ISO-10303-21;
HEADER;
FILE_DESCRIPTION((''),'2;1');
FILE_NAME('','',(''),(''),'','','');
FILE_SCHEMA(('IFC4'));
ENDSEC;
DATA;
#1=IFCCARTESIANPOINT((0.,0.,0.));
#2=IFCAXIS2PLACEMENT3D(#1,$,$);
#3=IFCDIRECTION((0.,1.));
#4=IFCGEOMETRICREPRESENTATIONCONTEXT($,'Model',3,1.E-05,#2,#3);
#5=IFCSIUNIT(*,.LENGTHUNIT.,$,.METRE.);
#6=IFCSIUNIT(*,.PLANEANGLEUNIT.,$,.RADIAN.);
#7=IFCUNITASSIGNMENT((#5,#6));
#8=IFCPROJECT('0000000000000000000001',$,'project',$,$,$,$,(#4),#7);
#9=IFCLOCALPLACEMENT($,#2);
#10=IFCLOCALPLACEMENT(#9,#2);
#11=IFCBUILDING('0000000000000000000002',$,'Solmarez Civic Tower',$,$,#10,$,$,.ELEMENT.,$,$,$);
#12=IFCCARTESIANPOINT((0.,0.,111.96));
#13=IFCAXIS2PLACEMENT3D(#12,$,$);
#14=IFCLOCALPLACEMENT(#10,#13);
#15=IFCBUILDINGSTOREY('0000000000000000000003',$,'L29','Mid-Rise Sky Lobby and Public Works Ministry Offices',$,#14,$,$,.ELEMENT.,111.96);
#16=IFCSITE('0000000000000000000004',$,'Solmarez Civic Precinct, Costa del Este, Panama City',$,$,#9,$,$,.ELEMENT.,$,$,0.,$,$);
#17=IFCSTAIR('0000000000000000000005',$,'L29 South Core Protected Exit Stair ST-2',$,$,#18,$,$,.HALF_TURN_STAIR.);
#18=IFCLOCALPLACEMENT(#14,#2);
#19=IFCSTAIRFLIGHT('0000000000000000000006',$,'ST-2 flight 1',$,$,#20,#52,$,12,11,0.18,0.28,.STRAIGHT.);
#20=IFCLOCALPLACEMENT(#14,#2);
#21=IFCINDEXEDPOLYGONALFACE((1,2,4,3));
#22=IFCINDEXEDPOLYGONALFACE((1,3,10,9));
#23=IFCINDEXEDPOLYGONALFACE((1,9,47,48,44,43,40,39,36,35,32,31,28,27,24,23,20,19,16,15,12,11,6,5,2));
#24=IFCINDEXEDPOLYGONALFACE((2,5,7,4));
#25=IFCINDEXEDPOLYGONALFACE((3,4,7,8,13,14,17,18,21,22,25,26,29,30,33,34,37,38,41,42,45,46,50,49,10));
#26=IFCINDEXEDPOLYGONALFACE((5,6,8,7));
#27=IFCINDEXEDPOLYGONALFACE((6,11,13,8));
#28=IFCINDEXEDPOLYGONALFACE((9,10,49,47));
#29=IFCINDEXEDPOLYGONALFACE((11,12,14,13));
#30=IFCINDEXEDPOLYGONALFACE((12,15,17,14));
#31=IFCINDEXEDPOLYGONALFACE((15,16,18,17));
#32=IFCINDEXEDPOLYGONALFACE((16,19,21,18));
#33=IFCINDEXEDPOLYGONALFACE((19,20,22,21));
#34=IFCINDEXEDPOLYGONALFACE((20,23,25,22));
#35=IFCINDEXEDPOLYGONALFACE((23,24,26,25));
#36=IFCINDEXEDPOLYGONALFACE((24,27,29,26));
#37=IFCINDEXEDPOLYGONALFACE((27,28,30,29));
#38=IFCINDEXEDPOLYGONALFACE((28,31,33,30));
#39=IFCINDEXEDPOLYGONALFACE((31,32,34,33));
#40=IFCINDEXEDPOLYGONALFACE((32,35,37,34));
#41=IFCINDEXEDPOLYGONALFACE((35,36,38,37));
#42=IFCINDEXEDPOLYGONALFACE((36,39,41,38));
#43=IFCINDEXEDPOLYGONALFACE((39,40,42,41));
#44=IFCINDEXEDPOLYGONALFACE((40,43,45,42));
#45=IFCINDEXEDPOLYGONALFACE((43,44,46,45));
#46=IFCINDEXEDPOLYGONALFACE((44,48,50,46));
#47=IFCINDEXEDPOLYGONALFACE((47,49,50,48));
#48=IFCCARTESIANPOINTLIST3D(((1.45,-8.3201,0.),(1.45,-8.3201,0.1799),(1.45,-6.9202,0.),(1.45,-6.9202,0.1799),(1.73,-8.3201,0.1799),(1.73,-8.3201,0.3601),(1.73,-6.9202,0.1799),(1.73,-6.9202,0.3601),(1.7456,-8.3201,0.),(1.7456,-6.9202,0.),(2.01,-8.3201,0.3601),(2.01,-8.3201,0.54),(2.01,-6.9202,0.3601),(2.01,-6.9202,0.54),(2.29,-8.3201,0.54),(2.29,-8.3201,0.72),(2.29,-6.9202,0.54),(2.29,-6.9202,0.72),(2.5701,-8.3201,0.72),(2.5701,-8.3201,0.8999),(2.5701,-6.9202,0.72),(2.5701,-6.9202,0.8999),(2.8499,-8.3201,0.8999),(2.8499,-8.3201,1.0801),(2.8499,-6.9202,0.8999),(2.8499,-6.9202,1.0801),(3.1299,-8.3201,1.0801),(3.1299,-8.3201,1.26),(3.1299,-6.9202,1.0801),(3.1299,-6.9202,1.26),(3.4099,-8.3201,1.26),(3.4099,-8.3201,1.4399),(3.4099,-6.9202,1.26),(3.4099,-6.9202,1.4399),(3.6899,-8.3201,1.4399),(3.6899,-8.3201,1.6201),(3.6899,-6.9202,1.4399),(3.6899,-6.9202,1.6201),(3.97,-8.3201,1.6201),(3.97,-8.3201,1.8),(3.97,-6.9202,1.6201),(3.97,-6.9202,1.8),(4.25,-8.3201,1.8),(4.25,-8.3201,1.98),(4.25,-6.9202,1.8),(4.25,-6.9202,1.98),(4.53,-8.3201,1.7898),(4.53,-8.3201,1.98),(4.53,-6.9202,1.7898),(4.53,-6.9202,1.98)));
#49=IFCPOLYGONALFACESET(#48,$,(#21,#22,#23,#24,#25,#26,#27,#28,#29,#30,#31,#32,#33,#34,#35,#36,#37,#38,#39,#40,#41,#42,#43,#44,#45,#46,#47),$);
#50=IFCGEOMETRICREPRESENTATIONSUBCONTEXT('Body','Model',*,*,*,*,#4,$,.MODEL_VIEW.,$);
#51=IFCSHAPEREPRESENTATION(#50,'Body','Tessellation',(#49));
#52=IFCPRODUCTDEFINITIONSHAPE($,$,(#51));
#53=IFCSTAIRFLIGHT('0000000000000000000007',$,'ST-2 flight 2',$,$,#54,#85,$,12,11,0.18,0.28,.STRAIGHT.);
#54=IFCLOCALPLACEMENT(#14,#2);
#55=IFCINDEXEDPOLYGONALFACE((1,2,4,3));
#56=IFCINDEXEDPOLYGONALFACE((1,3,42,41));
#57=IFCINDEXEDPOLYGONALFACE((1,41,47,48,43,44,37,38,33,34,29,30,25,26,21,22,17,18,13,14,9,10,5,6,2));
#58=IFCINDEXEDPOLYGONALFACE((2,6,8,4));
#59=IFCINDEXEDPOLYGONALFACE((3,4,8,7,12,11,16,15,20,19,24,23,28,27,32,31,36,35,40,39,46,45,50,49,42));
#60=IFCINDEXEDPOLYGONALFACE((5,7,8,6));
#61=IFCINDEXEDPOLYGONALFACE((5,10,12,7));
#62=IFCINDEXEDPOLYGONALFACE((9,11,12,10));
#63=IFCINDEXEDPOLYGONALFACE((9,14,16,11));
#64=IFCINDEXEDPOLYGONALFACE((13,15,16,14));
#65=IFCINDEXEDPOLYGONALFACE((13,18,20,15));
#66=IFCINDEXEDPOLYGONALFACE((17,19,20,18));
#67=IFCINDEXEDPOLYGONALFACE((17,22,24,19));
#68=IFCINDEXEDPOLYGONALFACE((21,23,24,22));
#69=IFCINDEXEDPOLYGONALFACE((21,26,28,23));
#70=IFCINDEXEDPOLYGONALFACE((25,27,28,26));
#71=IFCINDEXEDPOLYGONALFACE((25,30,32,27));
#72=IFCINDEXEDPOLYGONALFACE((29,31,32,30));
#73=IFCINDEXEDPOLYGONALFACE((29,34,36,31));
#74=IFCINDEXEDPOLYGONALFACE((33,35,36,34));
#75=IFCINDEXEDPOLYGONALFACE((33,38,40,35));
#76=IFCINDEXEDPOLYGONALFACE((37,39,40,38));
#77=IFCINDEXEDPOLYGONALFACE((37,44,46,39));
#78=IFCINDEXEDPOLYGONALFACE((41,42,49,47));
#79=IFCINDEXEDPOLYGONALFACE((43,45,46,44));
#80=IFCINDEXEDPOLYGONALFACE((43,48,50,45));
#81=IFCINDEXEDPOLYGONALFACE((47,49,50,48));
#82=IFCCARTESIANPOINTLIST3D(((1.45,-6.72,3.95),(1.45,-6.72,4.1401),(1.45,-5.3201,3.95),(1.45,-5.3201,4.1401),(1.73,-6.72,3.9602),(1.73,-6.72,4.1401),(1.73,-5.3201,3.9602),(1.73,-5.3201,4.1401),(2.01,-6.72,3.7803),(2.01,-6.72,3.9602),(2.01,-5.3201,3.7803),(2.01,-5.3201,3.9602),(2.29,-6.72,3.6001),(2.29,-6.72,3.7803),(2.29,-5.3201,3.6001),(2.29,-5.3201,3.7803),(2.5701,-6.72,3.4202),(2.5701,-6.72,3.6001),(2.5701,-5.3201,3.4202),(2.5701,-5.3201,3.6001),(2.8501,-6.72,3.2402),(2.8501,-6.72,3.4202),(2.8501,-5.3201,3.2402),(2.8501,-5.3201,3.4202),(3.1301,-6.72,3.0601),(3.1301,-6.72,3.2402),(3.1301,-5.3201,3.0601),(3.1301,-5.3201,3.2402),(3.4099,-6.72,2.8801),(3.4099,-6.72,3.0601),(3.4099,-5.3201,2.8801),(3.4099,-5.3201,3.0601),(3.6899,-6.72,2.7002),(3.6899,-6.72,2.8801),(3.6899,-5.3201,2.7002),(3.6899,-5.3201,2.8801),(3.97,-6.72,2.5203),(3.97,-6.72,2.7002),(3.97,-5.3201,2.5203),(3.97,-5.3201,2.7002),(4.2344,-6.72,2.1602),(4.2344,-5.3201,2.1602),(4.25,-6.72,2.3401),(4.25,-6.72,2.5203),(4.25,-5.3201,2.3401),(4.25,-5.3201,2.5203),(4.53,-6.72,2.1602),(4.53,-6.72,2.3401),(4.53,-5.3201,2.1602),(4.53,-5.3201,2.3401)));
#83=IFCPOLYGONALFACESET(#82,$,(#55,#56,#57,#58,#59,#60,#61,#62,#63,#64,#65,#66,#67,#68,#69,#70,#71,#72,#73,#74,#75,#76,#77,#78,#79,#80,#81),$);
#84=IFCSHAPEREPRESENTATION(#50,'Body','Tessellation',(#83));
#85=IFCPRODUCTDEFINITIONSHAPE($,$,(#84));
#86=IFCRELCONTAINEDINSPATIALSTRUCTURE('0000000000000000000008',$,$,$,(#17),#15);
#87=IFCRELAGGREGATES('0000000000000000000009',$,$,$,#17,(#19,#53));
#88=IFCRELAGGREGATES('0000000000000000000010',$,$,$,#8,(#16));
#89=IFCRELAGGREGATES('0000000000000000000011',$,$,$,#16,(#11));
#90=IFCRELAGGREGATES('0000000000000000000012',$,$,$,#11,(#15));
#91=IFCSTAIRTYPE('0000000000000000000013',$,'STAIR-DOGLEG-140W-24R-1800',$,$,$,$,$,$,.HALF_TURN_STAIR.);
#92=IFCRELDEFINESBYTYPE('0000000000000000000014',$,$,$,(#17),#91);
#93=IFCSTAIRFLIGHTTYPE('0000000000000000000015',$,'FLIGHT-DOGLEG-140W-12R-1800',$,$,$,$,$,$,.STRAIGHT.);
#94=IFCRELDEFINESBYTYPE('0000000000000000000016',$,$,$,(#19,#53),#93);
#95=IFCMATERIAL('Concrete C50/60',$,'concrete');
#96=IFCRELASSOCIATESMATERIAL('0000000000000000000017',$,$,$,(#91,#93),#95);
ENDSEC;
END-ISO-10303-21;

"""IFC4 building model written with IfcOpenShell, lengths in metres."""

from ifc_helpers import new_model, si_unit, direction, frame, origin, place, context, subcontext, project, spatial, polyline, outline, extrude, material, type_object, element, aggregate, save


model = new_model("IFC4")

# Units and contexts
model_context = context("Model", 3, precision=1e-05, world=origin(), true_north=direction((0.0, 1.0)))
body_context = subcontext(model_context, "Body", "Model", "MODEL_VIEW")
ifc_project = project(units=[si_unit("LENGTHUNIT", "METRE"), si_unit("PLANEANGLEUNIT", "RADIAN")], contexts=[model_context])

# Site, building, storey
site_placement = place(None, origin())
site = spatial("IfcSite", under=ifc_project, at=site_placement, Name="Solmarez Civic Precinct, Costa del Este, Panama City", CompositionType="ELEMENT", RefElevation=0.0)
building_placement = place(site_placement, origin())
building = spatial("IfcBuilding", under=site, at=building_placement, Name="Solmarez Civic Tower", CompositionType="ELEMENT")
storey_placement = place(building_placement, frame((0.0, 0.0, 111.96)))
storey = spatial("IfcBuildingStorey", under=building, at=storey_placement, Name="L29", Description="Mid-Rise Sky Lobby and Public Works Ministry Offices", CompositionType="ELEMENT", Elevation=111.96)

# Shared definitions
ifc_material_1 = material(Name="Concrete C50/60", Category="concrete")

# Stair, stair flights
stair_type = type_object("IfcStairType", Name="STAIR-DOGLEG-140W-24R-1800", PredefinedType="HALF_TURN_STAIR", material=ifc_material_1)
stair_placement = place(storey_placement, origin())
stair = element("IfcStair", 1, at=stair_placement, inside=storey, type_object=stair_type, Name="L29 South Core Protected Exit Stair ST-2", PredefinedType="HALF_TURN_STAIR")
stair_flight_type = type_object("IfcStairFlightType", Name="FLIGHT-DOGLEG-140W-12R-1800", PredefinedType="STRAIGHT", material=ifc_material_1)
stair_flight_1_placement = place(storey_placement, frame((1.45, -7.6201, 0.0), z_axis=(0.0, 0.0, 1.0), x_axis=(1.0, 0.0, 0.0)))
stair_flight_1 = element("IfcStairFlight", 2, at=stair_flight_1_placement, type_object=stair_flight_type, Name="ST-2 flight 1", NumberOfRisers=12, NumberOfTreads=11, PredefinedType="STRAIGHT", RiserHeight=0.18, TreadLength=0.28, context=body_context, shape_type="SweptSolid", body=[
    extrude(outline(polyline([(0.0, 0.0), (0.0, 0.1799), (0.28, 0.1799), (0.28, 0.3601), (0.5601, 0.3601), (0.5601, 0.54), (0.8401, 0.54), (0.8401, 0.72), (1.1201, 0.72), (1.1201, 0.8999), (1.3999, 0.8999), (1.3999, 1.0801), (1.6799, 1.0801), (1.6799, 1.26), (1.96, 1.26), (1.96, 1.4399), (2.24, 1.4399), (2.24, 1.6201), (2.52, 1.6201), (2.52, 1.8), (2.8, 1.8), (2.8, 1.98), (3.0801, 1.98), (3.0801, 2.1599), (3.0801, 1.7898), (0.2957, 0.0), (0.0, 0.0)])), frame((0.0, 0.7, 0.0), z_axis=(0.0, -1.0, 0.0), x_axis=(1.0, 0.0, 0.0)), (0.0, 0.0, 1.0), 1.3999),
])
stair_flight_2_placement = place(storey_placement, frame((4.53, -6.02, 2.1602), z_axis=(0.0, 0.0, 1.0), x_axis=(-1.0, 0.0, 0.0)))
stair_flight_2 = element("IfcStairFlight", 3, at=stair_flight_2_placement, type_object=stair_flight_type, Name="ST-2 flight 2", NumberOfRisers=12, NumberOfTreads=11, PredefinedType="STRAIGHT", RiserHeight=0.18, TreadLength=0.28, context=body_context, shape_type="SweptSolid", body=[
    extrude(outline(polyline([(0.0, 0.0), (0.0, 0.1799), (0.28, 0.1799), (0.28, 0.3601), (0.5601, 0.3601), (0.5601, 0.54), (0.8401, 0.54), (0.8401, 0.72), (1.1201, 0.72), (1.1201, 0.8999), (1.3999, 0.8999), (1.3999, 1.0801), (1.6799, 1.0801), (1.6799, 1.26), (1.96, 1.26), (1.96, 1.4399), (2.24, 1.4399), (2.24, 1.6201), (2.52, 1.6201), (2.52, 1.8), (2.8, 1.8), (2.8, 1.98), (3.0801, 1.98), (3.0801, 2.1599), (3.0801, 1.7898), (0.2957, 0.0), (0.0, 0.0)])), frame((0.0, 0.7, 0.0), z_axis=(0.0, -1.0, 0.0), x_axis=(1.0, 0.0, 0.0)), (0.0, 0.0, 1.0), 1.3999),
])
aggregate(stair, [stair_flight_1, stair_flight_2])

save(model, "model.ifc")
